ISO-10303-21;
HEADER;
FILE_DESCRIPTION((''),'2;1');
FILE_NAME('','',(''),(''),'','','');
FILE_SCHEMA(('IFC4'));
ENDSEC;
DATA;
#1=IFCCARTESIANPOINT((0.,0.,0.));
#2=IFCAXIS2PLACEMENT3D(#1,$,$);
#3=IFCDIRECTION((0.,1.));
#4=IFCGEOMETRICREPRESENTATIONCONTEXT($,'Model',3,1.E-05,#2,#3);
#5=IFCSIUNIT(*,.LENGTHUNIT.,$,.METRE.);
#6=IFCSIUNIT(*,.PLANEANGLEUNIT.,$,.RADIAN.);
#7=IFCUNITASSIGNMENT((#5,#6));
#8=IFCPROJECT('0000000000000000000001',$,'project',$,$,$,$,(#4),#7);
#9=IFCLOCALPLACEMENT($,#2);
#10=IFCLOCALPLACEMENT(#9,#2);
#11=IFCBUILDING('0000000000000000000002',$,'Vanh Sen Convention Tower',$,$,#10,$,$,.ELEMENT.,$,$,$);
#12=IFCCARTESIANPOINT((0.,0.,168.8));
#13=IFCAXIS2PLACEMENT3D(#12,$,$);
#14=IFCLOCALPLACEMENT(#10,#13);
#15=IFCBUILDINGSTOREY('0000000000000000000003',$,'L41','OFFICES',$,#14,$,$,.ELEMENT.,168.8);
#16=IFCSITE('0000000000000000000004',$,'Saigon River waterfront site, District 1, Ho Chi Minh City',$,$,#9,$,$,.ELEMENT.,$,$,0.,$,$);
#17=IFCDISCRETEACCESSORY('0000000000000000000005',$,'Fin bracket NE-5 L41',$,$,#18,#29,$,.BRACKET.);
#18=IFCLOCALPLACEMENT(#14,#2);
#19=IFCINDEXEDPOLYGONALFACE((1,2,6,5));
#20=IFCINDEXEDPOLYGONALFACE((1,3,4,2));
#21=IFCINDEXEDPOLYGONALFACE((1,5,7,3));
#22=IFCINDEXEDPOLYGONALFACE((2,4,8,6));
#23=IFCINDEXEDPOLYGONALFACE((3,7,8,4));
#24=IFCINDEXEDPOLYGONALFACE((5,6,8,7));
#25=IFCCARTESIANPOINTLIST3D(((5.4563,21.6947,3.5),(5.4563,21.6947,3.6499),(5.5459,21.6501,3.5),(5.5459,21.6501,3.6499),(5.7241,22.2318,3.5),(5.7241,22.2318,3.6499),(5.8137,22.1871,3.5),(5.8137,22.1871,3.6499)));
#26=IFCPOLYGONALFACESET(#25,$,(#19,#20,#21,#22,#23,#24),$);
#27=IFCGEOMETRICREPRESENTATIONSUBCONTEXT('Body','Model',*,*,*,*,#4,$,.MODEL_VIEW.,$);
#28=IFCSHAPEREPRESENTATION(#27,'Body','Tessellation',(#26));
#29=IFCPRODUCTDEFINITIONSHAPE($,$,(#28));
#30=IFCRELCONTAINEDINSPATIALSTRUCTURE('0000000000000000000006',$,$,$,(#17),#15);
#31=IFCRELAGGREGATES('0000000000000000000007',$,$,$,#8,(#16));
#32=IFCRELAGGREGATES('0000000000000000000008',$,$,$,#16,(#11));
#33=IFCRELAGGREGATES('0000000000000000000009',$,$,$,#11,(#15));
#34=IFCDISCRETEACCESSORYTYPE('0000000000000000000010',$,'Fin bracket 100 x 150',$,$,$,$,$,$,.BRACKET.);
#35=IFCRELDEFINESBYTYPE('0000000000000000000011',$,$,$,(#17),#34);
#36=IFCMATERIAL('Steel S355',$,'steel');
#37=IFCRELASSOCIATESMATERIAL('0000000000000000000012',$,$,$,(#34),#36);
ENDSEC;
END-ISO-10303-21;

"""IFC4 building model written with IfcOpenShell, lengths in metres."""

from ifc_helpers import new_model, si_unit, direction, frame, origin, origin_2d, place, context, subcontext, project, spatial, rectangle, extrude, material, type_object, element, save


model = new_model("IFC4")

# Units and contexts
model_context = context("Model", 3, precision=1e-05, world=origin(), true_north=direction((0.0, 1.0)))
body_context = subcontext(model_context, "Body", "Model", "MODEL_VIEW")
ifc_project = project(units=[si_unit("LENGTHUNIT", "METRE"), si_unit("PLANEANGLEUNIT", "RADIAN")], contexts=[model_context])

# Site, building, storey
site_placement = place(None, origin())
site = spatial("IfcSite", under=ifc_project, at=site_placement, Name="Saigon River waterfront site, District 1, Ho Chi Minh City", CompositionType="ELEMENT", RefElevation=0.0)
building_placement = place(site_placement, origin())
building = spatial("IfcBuilding", under=site, at=building_placement, Name="Vanh Sen Convention Tower", CompositionType="ELEMENT")
storey_placement = place(building_placement, frame((0.0, 0.0, 168.8)))
storey = spatial("IfcBuildingStorey", under=building, at=storey_placement, Name="L41", Description="OFFICES", CompositionType="ELEMENT", Elevation=168.8)

# Discrete accessory
ifc_material_1 = material(Name="Steel S355", Category="steel")
discrete_accessory_type = type_object("IfcDiscreteAccessoryType", Name="Fin bracket 100 x 150", PredefinedType="BRACKET", material=ifc_material_1)
discrete_accessory_placement = place(storey_placement, frame((5.635, 21.9409, 3.5), z_axis=(0.0, 0.0, 1.0), x_axis=(0.446198, 0.894934, 0.0)))
element("IfcDiscreteAccessory", 1, at=discrete_accessory_placement, inside=storey, type_object=discrete_accessory_type, Name="Fin bracket NE-5 L41", PredefinedType="BRACKET", context=body_context, shape_type="SweptSolid", body=[
    extrude(rectangle(XDim=0.6001, YDim=0.1001, at=origin_2d()), origin(), (0.0, 0.0, 1.0), 0.1499),
])

save(model, "model.ifc")
